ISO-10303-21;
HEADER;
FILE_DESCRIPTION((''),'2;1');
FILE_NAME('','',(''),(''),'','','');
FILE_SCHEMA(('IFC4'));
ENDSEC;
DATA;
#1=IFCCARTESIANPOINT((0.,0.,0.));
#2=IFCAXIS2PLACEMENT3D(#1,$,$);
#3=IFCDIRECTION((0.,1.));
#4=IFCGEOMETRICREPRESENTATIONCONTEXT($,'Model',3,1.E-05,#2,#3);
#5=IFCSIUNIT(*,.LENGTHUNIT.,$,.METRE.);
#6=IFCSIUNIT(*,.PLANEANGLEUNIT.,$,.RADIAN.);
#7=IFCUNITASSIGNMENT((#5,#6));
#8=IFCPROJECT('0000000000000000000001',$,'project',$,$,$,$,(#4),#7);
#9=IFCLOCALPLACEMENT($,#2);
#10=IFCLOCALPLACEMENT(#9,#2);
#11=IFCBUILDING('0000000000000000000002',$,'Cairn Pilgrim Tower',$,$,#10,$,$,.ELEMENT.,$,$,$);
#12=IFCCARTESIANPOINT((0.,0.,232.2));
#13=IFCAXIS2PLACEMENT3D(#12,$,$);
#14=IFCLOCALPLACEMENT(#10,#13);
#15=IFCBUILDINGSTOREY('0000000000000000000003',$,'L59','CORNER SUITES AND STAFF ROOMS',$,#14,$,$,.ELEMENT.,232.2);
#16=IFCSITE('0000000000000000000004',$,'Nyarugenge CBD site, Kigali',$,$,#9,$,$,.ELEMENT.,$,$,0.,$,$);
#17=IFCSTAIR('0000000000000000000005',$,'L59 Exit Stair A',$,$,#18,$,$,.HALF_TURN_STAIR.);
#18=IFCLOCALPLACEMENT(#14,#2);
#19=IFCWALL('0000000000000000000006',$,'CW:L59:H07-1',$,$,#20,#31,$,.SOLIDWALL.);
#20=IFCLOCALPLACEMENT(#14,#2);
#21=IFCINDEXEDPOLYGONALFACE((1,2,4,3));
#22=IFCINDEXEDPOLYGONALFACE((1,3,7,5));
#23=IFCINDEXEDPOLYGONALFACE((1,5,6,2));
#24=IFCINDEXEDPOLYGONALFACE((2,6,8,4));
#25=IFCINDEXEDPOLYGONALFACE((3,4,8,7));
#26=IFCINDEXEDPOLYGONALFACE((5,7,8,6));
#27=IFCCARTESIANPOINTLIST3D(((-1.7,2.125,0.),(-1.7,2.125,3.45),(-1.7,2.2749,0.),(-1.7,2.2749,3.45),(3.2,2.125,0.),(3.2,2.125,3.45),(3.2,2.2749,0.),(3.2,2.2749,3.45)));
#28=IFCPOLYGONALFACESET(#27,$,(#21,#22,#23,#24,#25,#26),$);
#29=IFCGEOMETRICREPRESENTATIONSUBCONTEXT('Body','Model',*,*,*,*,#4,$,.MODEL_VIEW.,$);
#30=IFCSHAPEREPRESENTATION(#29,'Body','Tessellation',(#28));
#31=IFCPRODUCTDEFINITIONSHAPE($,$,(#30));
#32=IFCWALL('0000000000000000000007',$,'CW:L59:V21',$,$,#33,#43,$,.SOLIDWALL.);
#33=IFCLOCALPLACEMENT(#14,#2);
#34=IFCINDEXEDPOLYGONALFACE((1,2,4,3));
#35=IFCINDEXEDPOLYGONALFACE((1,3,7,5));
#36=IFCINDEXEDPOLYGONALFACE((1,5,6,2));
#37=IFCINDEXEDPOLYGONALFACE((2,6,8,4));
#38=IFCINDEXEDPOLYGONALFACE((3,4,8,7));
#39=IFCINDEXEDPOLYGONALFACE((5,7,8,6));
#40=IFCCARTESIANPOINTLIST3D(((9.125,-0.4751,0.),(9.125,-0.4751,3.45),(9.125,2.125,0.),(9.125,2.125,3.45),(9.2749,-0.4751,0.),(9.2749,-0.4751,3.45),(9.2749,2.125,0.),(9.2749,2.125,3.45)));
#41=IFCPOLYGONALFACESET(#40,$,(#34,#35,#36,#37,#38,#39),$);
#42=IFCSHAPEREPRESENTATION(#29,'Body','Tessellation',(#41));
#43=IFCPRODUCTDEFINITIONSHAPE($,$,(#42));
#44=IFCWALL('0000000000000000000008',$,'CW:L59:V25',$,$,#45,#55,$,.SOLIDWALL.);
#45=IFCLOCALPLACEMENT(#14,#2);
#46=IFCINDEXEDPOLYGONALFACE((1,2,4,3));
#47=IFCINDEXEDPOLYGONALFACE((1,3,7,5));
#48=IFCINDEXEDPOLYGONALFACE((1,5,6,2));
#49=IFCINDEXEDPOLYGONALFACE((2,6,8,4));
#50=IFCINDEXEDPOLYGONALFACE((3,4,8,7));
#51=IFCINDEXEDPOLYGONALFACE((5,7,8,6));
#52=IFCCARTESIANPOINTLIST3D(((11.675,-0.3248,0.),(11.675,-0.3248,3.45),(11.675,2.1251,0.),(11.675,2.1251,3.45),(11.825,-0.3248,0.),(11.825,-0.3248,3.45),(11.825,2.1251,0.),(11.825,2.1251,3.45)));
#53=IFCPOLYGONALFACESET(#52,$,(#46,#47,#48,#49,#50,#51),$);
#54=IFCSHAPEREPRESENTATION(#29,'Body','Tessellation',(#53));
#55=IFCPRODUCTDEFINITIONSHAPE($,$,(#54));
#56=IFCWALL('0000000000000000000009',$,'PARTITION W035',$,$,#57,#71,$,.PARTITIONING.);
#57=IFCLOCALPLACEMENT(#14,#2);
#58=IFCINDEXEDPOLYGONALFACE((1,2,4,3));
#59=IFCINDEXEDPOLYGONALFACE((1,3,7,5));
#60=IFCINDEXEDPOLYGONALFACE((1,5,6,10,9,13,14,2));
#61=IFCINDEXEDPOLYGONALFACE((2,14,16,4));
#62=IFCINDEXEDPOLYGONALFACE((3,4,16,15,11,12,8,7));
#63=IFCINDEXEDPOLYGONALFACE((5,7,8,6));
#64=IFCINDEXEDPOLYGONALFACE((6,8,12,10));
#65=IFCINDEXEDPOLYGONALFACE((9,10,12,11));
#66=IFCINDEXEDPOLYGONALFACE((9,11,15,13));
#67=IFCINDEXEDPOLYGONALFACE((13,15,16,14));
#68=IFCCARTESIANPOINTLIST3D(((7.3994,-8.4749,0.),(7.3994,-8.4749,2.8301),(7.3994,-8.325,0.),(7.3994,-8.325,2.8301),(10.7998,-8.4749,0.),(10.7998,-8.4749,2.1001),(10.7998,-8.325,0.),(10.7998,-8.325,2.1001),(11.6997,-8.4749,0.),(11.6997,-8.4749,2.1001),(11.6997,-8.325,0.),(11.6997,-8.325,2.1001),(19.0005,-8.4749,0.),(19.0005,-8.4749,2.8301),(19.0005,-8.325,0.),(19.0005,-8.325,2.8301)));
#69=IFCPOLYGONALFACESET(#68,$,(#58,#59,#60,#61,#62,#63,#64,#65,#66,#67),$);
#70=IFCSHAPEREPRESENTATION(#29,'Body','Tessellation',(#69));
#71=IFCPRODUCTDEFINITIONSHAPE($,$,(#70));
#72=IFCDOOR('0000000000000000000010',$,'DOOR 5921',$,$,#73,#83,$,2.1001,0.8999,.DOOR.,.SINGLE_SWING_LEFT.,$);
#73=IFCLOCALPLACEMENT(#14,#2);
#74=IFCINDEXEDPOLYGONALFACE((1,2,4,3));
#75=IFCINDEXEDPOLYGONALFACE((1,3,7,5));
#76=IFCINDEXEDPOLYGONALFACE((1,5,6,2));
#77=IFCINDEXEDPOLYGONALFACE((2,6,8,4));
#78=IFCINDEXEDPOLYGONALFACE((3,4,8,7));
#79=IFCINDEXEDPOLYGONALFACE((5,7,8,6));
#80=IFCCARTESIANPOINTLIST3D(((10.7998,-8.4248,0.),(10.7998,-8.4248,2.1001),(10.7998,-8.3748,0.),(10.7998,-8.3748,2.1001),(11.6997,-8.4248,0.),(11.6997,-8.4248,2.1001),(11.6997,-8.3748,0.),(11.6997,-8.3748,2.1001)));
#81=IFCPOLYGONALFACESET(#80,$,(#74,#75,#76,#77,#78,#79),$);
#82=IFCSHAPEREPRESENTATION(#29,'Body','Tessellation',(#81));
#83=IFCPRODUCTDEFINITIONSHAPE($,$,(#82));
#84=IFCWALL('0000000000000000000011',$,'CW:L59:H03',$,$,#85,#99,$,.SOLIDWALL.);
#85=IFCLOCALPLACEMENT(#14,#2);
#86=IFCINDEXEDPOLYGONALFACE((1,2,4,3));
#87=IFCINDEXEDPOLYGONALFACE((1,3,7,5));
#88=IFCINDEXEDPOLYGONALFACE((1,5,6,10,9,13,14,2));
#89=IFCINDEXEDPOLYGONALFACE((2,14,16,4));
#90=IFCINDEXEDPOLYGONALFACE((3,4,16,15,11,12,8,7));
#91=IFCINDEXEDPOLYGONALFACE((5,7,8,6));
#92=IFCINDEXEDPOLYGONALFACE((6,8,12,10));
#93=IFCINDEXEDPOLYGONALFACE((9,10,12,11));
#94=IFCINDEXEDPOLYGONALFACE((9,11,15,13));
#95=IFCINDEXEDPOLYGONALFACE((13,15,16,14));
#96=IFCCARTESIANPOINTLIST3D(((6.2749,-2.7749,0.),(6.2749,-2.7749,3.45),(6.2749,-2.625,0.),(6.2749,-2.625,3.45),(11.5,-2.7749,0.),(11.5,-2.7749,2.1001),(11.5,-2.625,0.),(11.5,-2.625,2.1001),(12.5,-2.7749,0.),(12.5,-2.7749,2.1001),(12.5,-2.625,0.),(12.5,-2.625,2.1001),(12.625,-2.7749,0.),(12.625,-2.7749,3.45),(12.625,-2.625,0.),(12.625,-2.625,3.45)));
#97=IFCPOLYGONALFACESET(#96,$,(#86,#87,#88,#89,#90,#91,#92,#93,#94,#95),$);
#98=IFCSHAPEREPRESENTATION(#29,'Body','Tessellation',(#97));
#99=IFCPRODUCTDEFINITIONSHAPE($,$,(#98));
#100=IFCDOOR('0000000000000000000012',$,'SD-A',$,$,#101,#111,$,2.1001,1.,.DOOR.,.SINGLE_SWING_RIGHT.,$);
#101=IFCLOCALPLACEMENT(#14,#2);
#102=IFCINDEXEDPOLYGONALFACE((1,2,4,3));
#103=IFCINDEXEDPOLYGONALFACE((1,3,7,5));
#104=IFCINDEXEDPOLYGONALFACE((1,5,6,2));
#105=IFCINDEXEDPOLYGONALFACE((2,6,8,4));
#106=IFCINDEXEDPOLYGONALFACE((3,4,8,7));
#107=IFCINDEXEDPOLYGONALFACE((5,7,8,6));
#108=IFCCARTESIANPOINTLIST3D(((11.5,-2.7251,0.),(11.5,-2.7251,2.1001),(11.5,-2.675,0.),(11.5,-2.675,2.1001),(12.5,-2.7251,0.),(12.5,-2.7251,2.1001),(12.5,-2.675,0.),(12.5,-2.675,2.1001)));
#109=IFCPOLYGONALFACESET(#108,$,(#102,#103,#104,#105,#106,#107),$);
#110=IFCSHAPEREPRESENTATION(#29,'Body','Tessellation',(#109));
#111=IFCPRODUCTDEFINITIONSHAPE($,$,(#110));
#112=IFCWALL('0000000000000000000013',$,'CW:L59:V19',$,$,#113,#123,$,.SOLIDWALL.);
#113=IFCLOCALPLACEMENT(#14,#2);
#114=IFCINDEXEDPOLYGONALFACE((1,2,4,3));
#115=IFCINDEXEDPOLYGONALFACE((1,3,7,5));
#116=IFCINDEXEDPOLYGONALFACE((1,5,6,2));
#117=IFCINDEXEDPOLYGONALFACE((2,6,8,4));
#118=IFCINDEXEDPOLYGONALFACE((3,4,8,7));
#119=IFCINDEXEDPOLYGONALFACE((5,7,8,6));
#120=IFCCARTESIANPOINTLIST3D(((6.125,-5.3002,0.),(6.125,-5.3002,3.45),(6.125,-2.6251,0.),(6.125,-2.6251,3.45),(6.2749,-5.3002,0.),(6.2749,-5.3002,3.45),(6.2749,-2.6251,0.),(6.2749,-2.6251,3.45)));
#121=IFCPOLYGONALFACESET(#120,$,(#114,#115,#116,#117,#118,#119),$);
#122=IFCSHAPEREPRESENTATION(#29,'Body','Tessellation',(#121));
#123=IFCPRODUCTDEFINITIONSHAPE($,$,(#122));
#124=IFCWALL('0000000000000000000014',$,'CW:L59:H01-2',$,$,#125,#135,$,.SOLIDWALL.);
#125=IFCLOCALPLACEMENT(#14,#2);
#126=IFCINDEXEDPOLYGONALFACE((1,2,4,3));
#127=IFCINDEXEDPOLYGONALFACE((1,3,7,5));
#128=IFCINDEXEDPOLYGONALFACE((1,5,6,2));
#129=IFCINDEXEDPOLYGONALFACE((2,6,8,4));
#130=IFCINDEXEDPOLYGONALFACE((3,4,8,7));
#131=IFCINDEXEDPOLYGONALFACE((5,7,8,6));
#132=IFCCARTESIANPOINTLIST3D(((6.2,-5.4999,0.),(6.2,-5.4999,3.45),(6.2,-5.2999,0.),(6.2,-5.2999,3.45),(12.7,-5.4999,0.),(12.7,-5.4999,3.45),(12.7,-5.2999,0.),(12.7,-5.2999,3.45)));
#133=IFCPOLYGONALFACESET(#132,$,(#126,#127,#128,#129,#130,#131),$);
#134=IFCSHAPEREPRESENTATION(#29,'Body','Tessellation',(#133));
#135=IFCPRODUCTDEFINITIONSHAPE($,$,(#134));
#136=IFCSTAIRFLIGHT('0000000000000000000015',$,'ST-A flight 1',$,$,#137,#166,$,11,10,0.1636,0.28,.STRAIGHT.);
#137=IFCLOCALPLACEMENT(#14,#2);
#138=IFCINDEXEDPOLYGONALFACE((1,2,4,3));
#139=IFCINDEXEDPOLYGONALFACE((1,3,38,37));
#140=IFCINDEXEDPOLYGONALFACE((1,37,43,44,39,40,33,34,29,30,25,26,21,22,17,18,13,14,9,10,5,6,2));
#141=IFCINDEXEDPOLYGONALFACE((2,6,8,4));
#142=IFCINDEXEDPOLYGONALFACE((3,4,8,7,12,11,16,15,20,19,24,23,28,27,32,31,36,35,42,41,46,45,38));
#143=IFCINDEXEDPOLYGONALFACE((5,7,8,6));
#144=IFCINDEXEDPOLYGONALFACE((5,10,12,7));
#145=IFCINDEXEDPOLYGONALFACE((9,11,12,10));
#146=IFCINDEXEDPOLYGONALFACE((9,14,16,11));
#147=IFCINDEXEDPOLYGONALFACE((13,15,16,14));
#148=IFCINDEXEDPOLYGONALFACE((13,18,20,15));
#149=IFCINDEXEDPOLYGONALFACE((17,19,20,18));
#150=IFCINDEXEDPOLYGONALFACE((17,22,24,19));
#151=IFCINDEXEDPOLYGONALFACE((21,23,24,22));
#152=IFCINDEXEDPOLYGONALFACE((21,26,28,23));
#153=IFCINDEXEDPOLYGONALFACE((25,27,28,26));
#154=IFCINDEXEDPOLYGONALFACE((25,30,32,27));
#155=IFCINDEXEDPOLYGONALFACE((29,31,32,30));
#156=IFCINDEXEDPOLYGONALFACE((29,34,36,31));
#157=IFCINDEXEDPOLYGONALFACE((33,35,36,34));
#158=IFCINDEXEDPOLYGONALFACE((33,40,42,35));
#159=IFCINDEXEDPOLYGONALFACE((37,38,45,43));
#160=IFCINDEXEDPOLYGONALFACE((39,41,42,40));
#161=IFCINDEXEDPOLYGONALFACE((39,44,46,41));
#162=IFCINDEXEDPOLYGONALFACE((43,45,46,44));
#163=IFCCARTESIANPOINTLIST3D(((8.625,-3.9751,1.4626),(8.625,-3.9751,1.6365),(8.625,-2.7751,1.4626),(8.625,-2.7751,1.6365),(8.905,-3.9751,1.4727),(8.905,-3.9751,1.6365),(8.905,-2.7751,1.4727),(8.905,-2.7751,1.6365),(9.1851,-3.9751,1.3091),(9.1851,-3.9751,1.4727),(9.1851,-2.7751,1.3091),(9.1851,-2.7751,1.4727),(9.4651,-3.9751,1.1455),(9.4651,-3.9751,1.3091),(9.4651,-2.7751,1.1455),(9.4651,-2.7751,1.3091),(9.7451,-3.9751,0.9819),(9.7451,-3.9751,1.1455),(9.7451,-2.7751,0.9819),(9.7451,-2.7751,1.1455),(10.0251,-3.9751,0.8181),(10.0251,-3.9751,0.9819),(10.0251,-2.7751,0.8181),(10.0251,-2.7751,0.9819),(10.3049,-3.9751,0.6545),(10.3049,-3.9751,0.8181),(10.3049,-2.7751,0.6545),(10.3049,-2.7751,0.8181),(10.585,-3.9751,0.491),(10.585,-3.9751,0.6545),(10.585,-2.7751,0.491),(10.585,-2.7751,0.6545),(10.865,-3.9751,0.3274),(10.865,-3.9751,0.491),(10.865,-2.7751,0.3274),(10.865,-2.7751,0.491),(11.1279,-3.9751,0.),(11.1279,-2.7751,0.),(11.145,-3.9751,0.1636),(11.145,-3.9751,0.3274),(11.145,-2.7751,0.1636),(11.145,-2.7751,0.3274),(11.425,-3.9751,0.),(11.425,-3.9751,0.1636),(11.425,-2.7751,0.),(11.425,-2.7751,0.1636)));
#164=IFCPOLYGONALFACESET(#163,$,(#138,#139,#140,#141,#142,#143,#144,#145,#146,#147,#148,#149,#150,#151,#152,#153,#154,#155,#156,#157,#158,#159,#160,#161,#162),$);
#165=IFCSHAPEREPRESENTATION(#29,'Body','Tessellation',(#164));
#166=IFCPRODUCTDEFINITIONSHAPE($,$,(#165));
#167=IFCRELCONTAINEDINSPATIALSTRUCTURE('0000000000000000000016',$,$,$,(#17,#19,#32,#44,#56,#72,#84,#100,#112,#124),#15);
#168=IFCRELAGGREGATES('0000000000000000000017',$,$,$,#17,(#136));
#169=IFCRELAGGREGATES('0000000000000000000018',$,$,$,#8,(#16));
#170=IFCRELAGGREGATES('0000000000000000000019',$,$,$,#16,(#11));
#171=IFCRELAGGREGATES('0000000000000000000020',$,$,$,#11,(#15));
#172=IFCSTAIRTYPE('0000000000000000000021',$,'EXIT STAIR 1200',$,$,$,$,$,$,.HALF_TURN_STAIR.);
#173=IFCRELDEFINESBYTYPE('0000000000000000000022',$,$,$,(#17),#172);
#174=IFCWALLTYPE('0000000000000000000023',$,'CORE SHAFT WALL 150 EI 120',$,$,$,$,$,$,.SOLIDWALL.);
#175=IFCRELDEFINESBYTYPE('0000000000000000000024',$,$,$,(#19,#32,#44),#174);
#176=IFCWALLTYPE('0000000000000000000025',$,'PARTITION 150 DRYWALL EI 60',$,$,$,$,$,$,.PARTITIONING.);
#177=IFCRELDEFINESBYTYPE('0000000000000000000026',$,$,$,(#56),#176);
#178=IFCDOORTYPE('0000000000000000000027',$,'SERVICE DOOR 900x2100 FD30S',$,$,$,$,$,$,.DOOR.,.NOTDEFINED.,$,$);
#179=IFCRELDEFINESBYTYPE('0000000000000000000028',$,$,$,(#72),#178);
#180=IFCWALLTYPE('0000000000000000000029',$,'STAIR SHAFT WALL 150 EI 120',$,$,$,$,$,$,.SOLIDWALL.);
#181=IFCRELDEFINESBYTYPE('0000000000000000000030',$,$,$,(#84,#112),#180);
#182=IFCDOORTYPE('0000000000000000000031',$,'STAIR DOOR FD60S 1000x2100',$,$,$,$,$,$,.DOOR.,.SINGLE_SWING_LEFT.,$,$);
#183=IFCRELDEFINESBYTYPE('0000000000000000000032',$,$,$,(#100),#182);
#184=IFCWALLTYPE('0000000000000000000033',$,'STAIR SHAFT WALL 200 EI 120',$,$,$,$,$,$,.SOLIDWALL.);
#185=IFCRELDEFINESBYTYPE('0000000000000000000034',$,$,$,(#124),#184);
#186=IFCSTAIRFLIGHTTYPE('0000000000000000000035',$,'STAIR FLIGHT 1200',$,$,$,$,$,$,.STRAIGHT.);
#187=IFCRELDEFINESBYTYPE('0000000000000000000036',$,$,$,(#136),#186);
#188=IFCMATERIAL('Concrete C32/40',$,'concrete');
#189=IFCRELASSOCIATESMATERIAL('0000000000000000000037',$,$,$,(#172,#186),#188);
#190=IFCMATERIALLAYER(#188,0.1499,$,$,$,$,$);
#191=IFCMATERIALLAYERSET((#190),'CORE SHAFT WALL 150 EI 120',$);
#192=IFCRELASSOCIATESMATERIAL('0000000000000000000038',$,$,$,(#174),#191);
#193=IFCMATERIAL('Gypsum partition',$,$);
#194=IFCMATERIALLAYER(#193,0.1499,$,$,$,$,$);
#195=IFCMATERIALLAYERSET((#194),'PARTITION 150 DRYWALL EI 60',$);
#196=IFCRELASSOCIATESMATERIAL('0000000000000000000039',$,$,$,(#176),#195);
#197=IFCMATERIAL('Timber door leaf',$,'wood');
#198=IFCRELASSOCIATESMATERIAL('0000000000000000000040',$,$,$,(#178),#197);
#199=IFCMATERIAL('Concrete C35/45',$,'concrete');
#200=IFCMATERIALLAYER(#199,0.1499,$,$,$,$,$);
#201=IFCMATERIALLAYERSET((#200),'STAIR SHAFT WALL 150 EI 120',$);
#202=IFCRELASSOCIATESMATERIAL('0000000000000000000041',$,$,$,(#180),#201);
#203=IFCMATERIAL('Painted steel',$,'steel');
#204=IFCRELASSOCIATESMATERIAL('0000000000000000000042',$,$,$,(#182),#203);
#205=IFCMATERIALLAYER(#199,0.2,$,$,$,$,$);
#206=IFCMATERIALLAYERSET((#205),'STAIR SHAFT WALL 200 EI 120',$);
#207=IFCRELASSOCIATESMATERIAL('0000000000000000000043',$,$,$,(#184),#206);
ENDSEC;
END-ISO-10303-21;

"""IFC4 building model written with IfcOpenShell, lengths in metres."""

from ifc_helpers import new_model, si_unit, direction, frame, frame_2d, origin, place, context, subcontext, project, spatial, polyline, rectangle, outline, extrude, material, layer, layer_set, type_object, element, fill, aggregate, save


model = new_model("IFC4")

# Units and contexts
model_context = context("Model", 3, precision=1e-05, world=origin(), true_north=direction((0.0, 1.0)))
body_context = subcontext(model_context, "Body", "Model", "MODEL_VIEW")
ifc_project = project(units=[si_unit("LENGTHUNIT", "METRE"), si_unit("PLANEANGLEUNIT", "RADIAN")], contexts=[model_context])

# Site, building, storey
site_placement = place(None, origin())
site = spatial("IfcSite", under=ifc_project, at=site_placement, Name="Nyarugenge CBD site, Kigali", CompositionType="ELEMENT", RefElevation=0.0)
building_placement = place(site_placement, origin())
building = spatial("IfcBuilding", under=site, at=building_placement, Name="Cairn Pilgrim Tower", CompositionType="ELEMENT")
storey_placement = place(building_placement, frame((0.0, 0.0, 232.2)))
storey = spatial("IfcBuildingStorey", under=building, at=storey_placement, Name="L59", Description="CORNER SUITES AND STAFF ROOMS", CompositionType="ELEMENT", Elevation=232.2)

# Shared definitions
ifc_material_1 = material(Name="Concrete C35/45", Category="concrete")

# Stair
ifc_material_2 = material(Name="Concrete C32/40", Category="concrete")
stair_type = type_object("IfcStairType", Name="EXIT STAIR 1200", PredefinedType="HALF_TURN_STAIR", material=ifc_material_2)
stair_1_placement = place(storey_placement, origin())
stair_1 = element("IfcStair", 1, at=stair_1_placement, inside=storey, type_object=stair_type, Name="L59 Exit Stair A", PredefinedType="HALF_TURN_STAIR")

# Shared definitions
ifc_layer_1 = layer(ifc_material_2, 0.1499)
ifc_layer_set_1 = layer_set([ifc_layer_1], Name="CORE SHAFT WALL 150 EI 120")
wall_type_1 = type_object("IfcWallType", Name="CORE SHAFT WALL 150 EI 120", PredefinedType="SOLIDWALL", material=ifc_layer_set_1)

# Walls
wall_1_placement = place(storey_placement, frame((-1.7, 2.2, 0.0), z_axis=(0.0, 0.0, 1.0), x_axis=(1.0, 0.0, 0.0)))
element("IfcWall", 2, at=wall_1_placement, inside=storey, type_object=wall_type_1, Name="CW:L59:H07-1", PredefinedType="SOLIDWALL", context=body_context, shape_type="SweptSolid", body=[
    extrude(rectangle(XDim=4.8999, YDim=0.1499, at=frame_2d((2.45, 0.0))), origin(), (0.0, 0.0, 1.0), 3.45),
])
wall_2_placement = place(storey_placement, frame((9.2, -0.4751, 0.0), z_axis=(0.0, 0.0, 1.0), x_axis=(0.0, 1.0, 0.0)))
element("IfcWall", 3, at=wall_2_placement, inside=storey, type_object=wall_type_1, Name="CW:L59:V21", PredefinedType="SOLIDWALL", context=body_context, shape_type="SweptSolid", body=[
    extrude(rectangle(XDim=2.6001, YDim=0.1499, at=frame_2d((1.3, 0.0))), origin(), (0.0, 0.0, 1.0), 3.45),
])
wall_3_placement = place(storey_placement, frame((11.75, -0.325, 0.0), z_axis=(0.0, 0.0, 1.0), x_axis=(0.0, 1.0, 0.0)))
element("IfcWall", 4, at=wall_3_placement, inside=storey, type_object=wall_type_1, Name="CW:L59:V25", PredefinedType="SOLIDWALL", context=body_context, shape_type="SweptSolid", body=[
    extrude(rectangle(XDim=2.45, YDim=0.1499, at=frame_2d((1.2251, 0.0))), origin(), (0.0, 0.0, 1.0), 3.45),
])

# Walls, openings, doors
ifc_material_3 = material(Name="Gypsum partition")
ifc_layer_2 = layer(ifc_material_3, 0.1499)
ifc_layer_set_2 = layer_set([ifc_layer_2], Name="PARTITION 150 DRYWALL EI 60")
wall_type_2 = type_object("IfcWallType", Name="PARTITION 150 DRYWALL EI 60", PredefinedType="PARTITIONING", material=ifc_layer_set_2)
wall_4_placement = place(storey_placement, frame((7.3994, -8.3999, 0.0), z_axis=(0.0, 0.0, 1.0), x_axis=(1.0, 0.0, 0.0)))
wall_4 = element("IfcWall", 5, at=wall_4_placement, inside=storey, type_object=wall_type_2, Name="PARTITION W035", PredefinedType="PARTITIONING", context=body_context, shape_type="SweptSolid", body=[
    extrude(rectangle(XDim=11.6011, YDim=0.1499, at=frame_2d((5.8005, 0.0))), origin(), (0.0, 0.0, 1.0), 2.8301),
])
opening_1_placement = place(wall_4_placement, frame((3.4004, 0.0, 0.0)))
opening_1 = element("IfcOpeningElement", 6, at=opening_1_placement, cuts=wall_4, PredefinedType="OPENING", context=body_context, shape_type="SweptSolid", body=[
    extrude(rectangle(XDim=0.8999, YDim=2.1001, at=frame_2d((0.45, 1.05))), frame((0.0, 0.085, 0.0), z_axis=(0.0, -1.0, 0.0), x_axis=(1.0, 0.0, 0.0)), (0.0, 0.0, 1.0), 0.1699),
])
ifc_material_4 = material(Name="Timber door leaf", Category="wood")
door_type_1 = type_object("IfcDoorType", Name="SERVICE DOOR 900x2100 FD30S", OperationType="NOTDEFINED", PredefinedType="DOOR", material=ifc_material_4)
door_1_placement = place(opening_1_placement, frame((0.8999, 0.0, 0.0), z_axis=(0.0, 0.0, 1.0), x_axis=(-1.0, 0.0, 0.0)))
door_1 = element("IfcDoor", 7, at=door_1_placement, inside=storey, type_object=door_type_1, Name="DOOR 5921", OperationType="SINGLE_SWING_LEFT", OverallHeight=2.1001, OverallWidth=0.8999, PredefinedType="DOOR", context=body_context, shape_type="SweptSolid", body=[
    extrude(rectangle(XDim=0.8999, YDim=2.1001, at=frame_2d((0.45, 1.05))), frame((0.0, 0.0249, 0.0), z_axis=(0.0, -1.0, 0.0), x_axis=(1.0, 0.0, 0.0)), (0.0, 0.0, 1.0), 0.05),
])
fill(opening_1, door_1)
ifc_layer_3 = layer(ifc_material_1, 0.1499)
ifc_layer_set_3 = layer_set([ifc_layer_3], Name="STAIR SHAFT WALL 150 EI 120")
wall_type_3 = type_object("IfcWallType", Name="STAIR SHAFT WALL 150 EI 120", PredefinedType="SOLIDWALL", material=ifc_layer_set_3)
wall_5_placement = place(storey_placement, frame((6.2749, -2.7, 0.0), z_axis=(0.0, 0.0, 1.0), x_axis=(1.0, 0.0, 0.0)))
wall_5 = element("IfcWall", 8, at=wall_5_placement, inside=storey, type_object=wall_type_3, Name="CW:L59:H03", PredefinedType="SOLIDWALL", context=body_context, shape_type="SweptSolid", body=[
    extrude(rectangle(XDim=6.3501, YDim=0.1499, at=frame_2d((3.175, 0.0))), origin(), (0.0, 0.0, 1.0), 3.45),
])
opening_2_placement = place(wall_5_placement, frame((5.2251, 0.0, 0.0)))
opening_2 = element("IfcOpeningElement", 9, at=opening_2_placement, cuts=wall_5, PredefinedType="OPENING", context=body_context, shape_type="SweptSolid", body=[
    extrude(rectangle(XDim=1.0, YDim=2.1001, at=frame_2d((0.5, 1.05))), frame((0.0, 0.085, 0.0), z_axis=(0.0, -1.0, 0.0), x_axis=(1.0, 0.0, 0.0)), (0.0, 0.0, 1.0), 0.1699),
])
ifc_material_5 = material(Name="Painted steel", Category="steel")
door_type_2 = type_object("IfcDoorType", Name="STAIR DOOR FD60S 1000x2100", OperationType="SINGLE_SWING_LEFT", PredefinedType="DOOR", material=ifc_material_5)
door_2_placement = place(opening_2_placement, origin())
door_2 = element("IfcDoor", 10, at=door_2_placement, inside=storey, type_object=door_type_2, Name="SD-A", OperationType="SINGLE_SWING_RIGHT", OverallHeight=2.1001, OverallWidth=1.0, PredefinedType="DOOR", context=body_context, shape_type="SweptSolid", body=[
    extrude(rectangle(XDim=1.0, YDim=2.1001, at=frame_2d((0.5, 1.05))), frame((0.0, 0.0249, 0.0), z_axis=(0.0, -1.0, 0.0), x_axis=(1.0, 0.0, 0.0)), (0.0, 0.0, 1.0), 0.05),
])
fill(opening_2, door_2)

# Walls
wall_6_placement = place(storey_placement, frame((6.2, -5.3, 0.0), z_axis=(0.0, 0.0, 1.0), x_axis=(0.0, 1.0, 0.0)))
element("IfcWall", 11, at=wall_6_placement, inside=storey, type_object=wall_type_3, Name="CW:L59:V19", PredefinedType="SOLIDWALL", context=body_context, shape_type="SweptSolid", body=[
    extrude(rectangle(XDim=2.675, YDim=0.1499, at=frame_2d((1.3374, 0.0))), origin(), (0.0, 0.0, 1.0), 3.45),
])
ifc_layer_4 = layer(ifc_material_1, 0.2)
ifc_layer_set_4 = layer_set([ifc_layer_4], Name="STAIR SHAFT WALL 200 EI 120")
wall_type_4 = type_object("IfcWallType", Name="STAIR SHAFT WALL 200 EI 120", PredefinedType="SOLIDWALL", material=ifc_layer_set_4)
wall_7_placement = place(storey_placement, frame((6.2, -5.3999, 0.0), z_axis=(0.0, 0.0, 1.0), x_axis=(1.0, 0.0, 0.0)))
element("IfcWall", 12, at=wall_7_placement, inside=storey, type_object=wall_type_4, Name="CW:L59:H01-2", PredefinedType="SOLIDWALL", context=body_context, shape_type="SweptSolid", body=[
    extrude(rectangle(XDim=6.5, YDim=0.2, at=frame_2d((3.25, 0.0))), origin(), (0.0, 0.0, 1.0), 3.45),
])

# Stair flight
stair_flight_type = type_object("IfcStairFlightType", Name="STAIR FLIGHT 1200", PredefinedType="STRAIGHT", material=ifc_material_2)
stair_flight_1_placement = place(storey_placement, frame((11.425, -3.375, 0.0), z_axis=(0.0, 0.0, 1.0), x_axis=(-1.0, 0.0, 0.0)))
stair_flight_1 = element("IfcStairFlight", 13, at=stair_flight_1_placement, type_object=stair_flight_type, Name="ST-A flight 1", NumberOfRisers=11, NumberOfTreads=10, PredefinedType="STRAIGHT", RiserHeight=0.1636, TreadLength=0.28, context=body_context, shape_type="SweptSolid", body=[
    extrude(outline(polyline([(0.0, 0.0), (0.0, 0.1636), (0.28, 0.1636), (0.28, 0.3274), (0.5601, 0.3274), (0.5601, 0.491), (0.8401, 0.491), (0.8401, 0.6545), (1.1201, 0.6545), (1.1201, 0.8181), (1.3999, 0.8181), (1.3999, 0.9819), (1.6799, 0.9819), (1.6799, 1.1455), (1.96, 1.1455), (1.96, 1.3091), (2.24, 1.3091), (2.24, 1.4727), (2.52, 1.4727), (2.52, 1.6365), (2.8, 1.6365), (2.8, 1.8), (2.8, 1.4626), (0.2971, 0.0), (0.0, 0.0)])), frame((0.0, 0.6001, 0.0), z_axis=(0.0, -1.0, 0.0), x_axis=(1.0, 0.0, 0.0)), (0.0, 0.0, 1.0), 1.2),
])
aggregate(stair_1, [stair_flight_1])

save(model, "model.ifc")
